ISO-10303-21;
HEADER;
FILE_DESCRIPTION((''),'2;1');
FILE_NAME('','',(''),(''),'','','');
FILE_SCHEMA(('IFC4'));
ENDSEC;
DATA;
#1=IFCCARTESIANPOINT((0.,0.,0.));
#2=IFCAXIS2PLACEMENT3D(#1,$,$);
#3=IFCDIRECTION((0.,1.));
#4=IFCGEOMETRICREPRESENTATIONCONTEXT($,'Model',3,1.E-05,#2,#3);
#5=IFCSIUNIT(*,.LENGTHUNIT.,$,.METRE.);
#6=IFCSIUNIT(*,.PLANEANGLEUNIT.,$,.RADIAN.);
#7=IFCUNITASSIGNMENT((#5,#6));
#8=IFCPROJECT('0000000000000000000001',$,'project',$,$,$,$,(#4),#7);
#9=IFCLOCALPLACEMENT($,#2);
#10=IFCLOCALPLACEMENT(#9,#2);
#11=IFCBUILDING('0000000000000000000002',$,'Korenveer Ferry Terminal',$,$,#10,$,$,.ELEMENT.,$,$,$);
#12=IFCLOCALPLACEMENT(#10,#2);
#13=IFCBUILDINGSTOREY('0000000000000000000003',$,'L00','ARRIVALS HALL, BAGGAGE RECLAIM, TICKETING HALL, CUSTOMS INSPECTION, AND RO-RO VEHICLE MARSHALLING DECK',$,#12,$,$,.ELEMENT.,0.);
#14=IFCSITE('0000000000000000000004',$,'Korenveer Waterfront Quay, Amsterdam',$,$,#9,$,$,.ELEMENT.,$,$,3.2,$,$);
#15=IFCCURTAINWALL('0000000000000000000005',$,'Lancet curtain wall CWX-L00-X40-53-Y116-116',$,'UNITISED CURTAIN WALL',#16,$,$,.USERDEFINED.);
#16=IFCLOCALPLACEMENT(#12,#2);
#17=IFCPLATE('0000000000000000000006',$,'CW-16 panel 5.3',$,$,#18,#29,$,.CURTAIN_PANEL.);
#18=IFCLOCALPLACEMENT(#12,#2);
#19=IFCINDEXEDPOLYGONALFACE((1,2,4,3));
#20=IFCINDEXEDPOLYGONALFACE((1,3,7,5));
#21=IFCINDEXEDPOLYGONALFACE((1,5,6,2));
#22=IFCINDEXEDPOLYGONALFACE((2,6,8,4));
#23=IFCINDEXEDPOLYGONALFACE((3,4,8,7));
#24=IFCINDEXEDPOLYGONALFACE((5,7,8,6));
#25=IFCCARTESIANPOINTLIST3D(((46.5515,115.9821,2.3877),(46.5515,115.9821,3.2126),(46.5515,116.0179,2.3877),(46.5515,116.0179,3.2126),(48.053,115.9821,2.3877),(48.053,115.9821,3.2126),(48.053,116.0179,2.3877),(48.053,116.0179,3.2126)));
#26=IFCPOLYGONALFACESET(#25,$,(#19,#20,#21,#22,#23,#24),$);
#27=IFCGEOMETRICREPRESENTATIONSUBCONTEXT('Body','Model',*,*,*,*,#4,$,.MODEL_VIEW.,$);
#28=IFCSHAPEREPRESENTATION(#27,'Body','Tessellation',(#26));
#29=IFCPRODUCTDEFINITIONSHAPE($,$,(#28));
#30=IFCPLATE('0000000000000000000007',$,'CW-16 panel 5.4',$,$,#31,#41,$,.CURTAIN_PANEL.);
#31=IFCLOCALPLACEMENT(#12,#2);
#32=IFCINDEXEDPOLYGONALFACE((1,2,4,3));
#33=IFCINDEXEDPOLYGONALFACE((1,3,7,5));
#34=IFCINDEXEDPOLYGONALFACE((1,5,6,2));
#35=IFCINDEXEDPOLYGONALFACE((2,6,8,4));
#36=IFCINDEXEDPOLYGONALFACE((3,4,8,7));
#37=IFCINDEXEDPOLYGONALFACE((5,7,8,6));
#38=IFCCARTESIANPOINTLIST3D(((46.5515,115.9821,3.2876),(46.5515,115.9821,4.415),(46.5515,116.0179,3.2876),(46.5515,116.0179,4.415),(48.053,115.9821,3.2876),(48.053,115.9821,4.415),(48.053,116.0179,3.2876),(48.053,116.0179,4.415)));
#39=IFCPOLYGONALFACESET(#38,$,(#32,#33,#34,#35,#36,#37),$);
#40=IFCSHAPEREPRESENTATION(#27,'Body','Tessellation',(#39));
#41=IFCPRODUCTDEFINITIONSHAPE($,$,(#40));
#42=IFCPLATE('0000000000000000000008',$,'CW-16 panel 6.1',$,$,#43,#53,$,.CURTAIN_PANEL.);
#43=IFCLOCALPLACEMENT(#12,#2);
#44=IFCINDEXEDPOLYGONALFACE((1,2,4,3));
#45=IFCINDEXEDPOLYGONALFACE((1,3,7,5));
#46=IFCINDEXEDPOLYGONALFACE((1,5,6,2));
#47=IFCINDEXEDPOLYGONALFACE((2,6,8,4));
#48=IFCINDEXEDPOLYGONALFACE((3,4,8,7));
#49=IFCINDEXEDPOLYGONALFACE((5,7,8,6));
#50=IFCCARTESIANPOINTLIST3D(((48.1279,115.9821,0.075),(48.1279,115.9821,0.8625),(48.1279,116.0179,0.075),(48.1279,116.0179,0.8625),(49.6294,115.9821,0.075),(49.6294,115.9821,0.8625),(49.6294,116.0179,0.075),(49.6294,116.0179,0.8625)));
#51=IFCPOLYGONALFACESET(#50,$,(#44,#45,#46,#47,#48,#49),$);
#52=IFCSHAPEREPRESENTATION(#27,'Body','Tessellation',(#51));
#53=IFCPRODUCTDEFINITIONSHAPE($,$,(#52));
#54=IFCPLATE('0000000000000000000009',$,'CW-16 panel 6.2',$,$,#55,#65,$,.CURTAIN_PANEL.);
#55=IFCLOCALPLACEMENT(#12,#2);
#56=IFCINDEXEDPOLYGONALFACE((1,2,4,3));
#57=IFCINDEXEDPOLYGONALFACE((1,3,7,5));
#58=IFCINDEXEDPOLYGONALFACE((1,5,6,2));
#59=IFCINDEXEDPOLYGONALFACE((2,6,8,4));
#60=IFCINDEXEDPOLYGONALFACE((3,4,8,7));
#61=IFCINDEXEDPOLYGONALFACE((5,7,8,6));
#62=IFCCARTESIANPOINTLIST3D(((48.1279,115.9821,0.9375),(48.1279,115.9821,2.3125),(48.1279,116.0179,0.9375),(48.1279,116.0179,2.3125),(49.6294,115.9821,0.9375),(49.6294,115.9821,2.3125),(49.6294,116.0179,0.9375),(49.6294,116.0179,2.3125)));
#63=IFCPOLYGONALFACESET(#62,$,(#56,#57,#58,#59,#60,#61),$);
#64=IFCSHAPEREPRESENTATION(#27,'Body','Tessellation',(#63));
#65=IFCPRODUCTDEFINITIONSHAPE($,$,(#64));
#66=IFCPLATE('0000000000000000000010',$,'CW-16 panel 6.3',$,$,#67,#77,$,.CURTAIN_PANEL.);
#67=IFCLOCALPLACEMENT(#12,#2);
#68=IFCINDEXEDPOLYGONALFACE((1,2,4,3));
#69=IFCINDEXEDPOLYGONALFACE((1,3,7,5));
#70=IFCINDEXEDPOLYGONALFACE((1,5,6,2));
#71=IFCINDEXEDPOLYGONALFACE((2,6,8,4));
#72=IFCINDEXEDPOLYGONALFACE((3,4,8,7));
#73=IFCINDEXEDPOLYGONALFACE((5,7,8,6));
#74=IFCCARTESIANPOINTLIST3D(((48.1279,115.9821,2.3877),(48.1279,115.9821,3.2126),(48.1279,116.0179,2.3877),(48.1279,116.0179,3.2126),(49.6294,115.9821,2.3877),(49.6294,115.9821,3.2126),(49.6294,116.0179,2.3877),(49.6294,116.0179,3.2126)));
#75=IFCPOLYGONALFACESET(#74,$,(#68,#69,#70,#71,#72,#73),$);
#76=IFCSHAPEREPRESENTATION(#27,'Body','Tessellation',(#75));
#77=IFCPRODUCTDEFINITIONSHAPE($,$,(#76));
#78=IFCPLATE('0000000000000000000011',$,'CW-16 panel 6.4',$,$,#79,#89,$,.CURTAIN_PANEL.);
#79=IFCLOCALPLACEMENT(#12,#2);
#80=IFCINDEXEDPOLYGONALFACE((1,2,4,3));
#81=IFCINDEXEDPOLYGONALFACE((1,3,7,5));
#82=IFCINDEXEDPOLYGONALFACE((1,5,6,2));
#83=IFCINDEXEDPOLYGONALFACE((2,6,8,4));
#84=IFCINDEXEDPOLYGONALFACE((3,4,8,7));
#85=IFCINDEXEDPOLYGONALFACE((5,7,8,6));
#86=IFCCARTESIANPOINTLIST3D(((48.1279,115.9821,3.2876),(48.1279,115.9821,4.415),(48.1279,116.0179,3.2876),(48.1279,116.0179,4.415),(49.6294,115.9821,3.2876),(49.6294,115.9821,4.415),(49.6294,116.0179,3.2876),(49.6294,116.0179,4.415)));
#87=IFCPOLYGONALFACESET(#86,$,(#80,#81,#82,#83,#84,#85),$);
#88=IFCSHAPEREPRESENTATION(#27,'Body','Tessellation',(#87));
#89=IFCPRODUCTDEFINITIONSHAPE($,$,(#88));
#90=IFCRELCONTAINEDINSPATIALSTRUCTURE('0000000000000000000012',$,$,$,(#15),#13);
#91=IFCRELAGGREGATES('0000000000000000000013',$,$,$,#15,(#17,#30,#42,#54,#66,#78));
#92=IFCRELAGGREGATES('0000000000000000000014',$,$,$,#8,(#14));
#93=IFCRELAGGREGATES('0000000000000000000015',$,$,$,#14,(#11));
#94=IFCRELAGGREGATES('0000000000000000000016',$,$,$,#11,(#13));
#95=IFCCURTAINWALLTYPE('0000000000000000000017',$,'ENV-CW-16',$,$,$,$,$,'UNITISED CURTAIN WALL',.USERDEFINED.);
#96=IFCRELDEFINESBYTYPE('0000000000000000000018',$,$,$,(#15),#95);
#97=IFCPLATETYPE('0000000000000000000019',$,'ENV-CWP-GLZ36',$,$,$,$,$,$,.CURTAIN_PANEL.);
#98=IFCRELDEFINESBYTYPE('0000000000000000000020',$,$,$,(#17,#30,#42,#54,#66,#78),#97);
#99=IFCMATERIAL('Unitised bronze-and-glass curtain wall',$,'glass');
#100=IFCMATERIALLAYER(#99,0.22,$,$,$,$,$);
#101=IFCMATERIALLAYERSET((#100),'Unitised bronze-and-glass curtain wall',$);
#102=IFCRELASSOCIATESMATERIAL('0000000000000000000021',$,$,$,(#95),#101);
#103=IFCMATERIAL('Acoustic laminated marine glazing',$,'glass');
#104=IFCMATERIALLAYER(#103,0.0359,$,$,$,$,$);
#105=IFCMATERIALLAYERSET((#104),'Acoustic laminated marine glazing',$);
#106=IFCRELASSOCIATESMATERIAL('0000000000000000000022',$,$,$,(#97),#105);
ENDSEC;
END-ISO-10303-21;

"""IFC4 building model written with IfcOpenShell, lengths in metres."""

from ifc_helpers import new_model, si_unit, direction, frame, origin, origin_2d, place, context, subcontext, project, spatial, rectangle, extrude, material, layer, layer_set, type_object, element, aggregate, save


model = new_model("IFC4")

# Units and contexts
model_context = context("Model", 3, precision=1e-05, world=origin(), true_north=direction((0.0, 1.0)))
body_context = subcontext(model_context, "Body", "Model", "MODEL_VIEW")
ifc_project = project(units=[si_unit("LENGTHUNIT", "METRE"), si_unit("PLANEANGLEUNIT", "RADIAN")], contexts=[model_context])

# Site, building, storey
site_placement = place(None, origin())
site = spatial("IfcSite", under=ifc_project, at=site_placement, Name="Korenveer Waterfront Quay, Amsterdam", CompositionType="ELEMENT", RefElevation=3.2)
building_placement = place(site_placement, origin())
building = spatial("IfcBuilding", under=site, at=building_placement, Name="Korenveer Ferry Terminal", CompositionType="ELEMENT")
storey_placement = place(building_placement, origin())
storey = spatial("IfcBuildingStorey", under=building, at=storey_placement, Name="L00", Description="ARRIVALS HALL, BAGGAGE RECLAIM, TICKETING HALL, CUSTOMS INSPECTION, AND RO-RO VEHICLE MARSHALLING DECK", CompositionType="ELEMENT", Elevation=0.0)

# Curtain wall, plates
ifc_material_1 = material(Name="Unitised bronze-and-glass curtain wall", Category="glass")
ifc_layer_1 = layer(ifc_material_1, 0.22)
ifc_layer_set_1 = layer_set([ifc_layer_1], Name="Unitised bronze-and-glass curtain wall")
curtain_wall_type = type_object("IfcCurtainWallType", Name="ENV-CW-16", ElementType="UNITISED CURTAIN WALL", PredefinedType="USERDEFINED", material=ifc_layer_set_1)
curtain_wall_placement = place(storey_placement, frame((40.2078, 116.0, 0.0)))
curtain_wall = element("IfcCurtainWall", 1, at=curtain_wall_placement, inside=storey, type_object=curtain_wall_type, Name="Lancet curtain wall CWX-L00-X40-53-Y116-116", ObjectType="UNITISED CURTAIN WALL", PredefinedType="USERDEFINED")
ifc_material_2 = material(Name="Acoustic laminated marine glazing", Category="glass")
ifc_layer_2 = layer(ifc_material_2, 0.0359)
ifc_layer_set_2 = layer_set([ifc_layer_2], Name="Acoustic laminated marine glazing")
plate_type = type_object("IfcPlateType", Name="ENV-CWP-GLZ36", PredefinedType="CURTAIN_PANEL", material=ifc_layer_set_2)
plate_1_placement = place(storey_placement, frame((47.3022, 116.0, 2.3877), z_axis=(0.0, 0.0, 1.0), x_axis=(1.0, 0.0, 0.0)))
plate_1 = element("IfcPlate", 2, at=plate_1_placement, type_object=plate_type, Name="CW-16 panel 5.3", PredefinedType="CURTAIN_PANEL", context=body_context, shape_type="SweptSolid", body=[
    extrude(rectangle(XDim=1.5015, YDim=0.0359, at=origin_2d()), origin(), (0.0, 0.0, 1.0), 0.825),
])
plate_2_placement = place(storey_placement, frame((47.3022, 116.0, 3.2876), z_axis=(0.0, 0.0, 1.0), x_axis=(1.0, 0.0, 0.0)))
plate_2 = element("IfcPlate", 3, at=plate_2_placement, type_object=plate_type, Name="CW-16 panel 5.4", PredefinedType="CURTAIN_PANEL", context=body_context, shape_type="SweptSolid", body=[
    extrude(rectangle(XDim=1.5015, YDim=0.0359, at=origin_2d()), origin(), (0.0, 0.0, 1.0), 1.1274),
])
plate_3_placement = place(storey_placement, frame((48.8787, 116.0, 0.075), z_axis=(0.0, 0.0, 1.0), x_axis=(1.0, 0.0, 0.0)))
plate_3 = element("IfcPlate", 4, at=plate_3_placement, type_object=plate_type, Name="CW-16 panel 6.1", PredefinedType="CURTAIN_PANEL", context=body_context, shape_type="SweptSolid", body=[
    extrude(rectangle(XDim=1.5015, YDim=0.0359, at=origin_2d()), origin(), (0.0, 0.0, 1.0), 0.7876),
])
plate_4_placement = place(storey_placement, frame((48.8787, 116.0, 0.9375), z_axis=(0.0, 0.0, 1.0), x_axis=(1.0, 0.0, 0.0)))
plate_4 = element("IfcPlate", 5, at=plate_4_placement, type_object=plate_type, Name="CW-16 panel 6.2", PredefinedType="CURTAIN_PANEL", context=body_context, shape_type="SweptSolid", body=[
    extrude(rectangle(XDim=1.5015, YDim=0.0359, at=origin_2d()), origin(), (0.0, 0.0, 1.0), 1.375),
])
plate_5_placement = place(storey_placement, frame((48.8787, 116.0, 2.3877), z_axis=(0.0, 0.0, 1.0), x_axis=(1.0, 0.0, 0.0)))
plate_5 = element("IfcPlate", 6, at=plate_5_placement, type_object=plate_type, Name="CW-16 panel 6.3", PredefinedType="CURTAIN_PANEL", context=body_context, shape_type="SweptSolid", body=[
    extrude(rectangle(XDim=1.5015, YDim=0.0359, at=origin_2d()), origin(), (0.0, 0.0, 1.0), 0.825),
])
plate_6_placement = place(storey_placement, frame((48.8787, 116.0, 3.2876), z_axis=(0.0, 0.0, 1.0), x_axis=(1.0, 0.0, 0.0)))
plate_6 = element("IfcPlate", 7, at=plate_6_placement, type_object=plate_type, Name="CW-16 panel 6.4", PredefinedType="CURTAIN_PANEL", context=body_context, shape_type="SweptSolid", body=[
    extrude(rectangle(XDim=1.5015, YDim=0.0359, at=origin_2d()), origin(), (0.0, 0.0, 1.0), 1.1274),
])
aggregate(curtain_wall, [plate_1, plate_2, plate_3, plate_4, plate_5, plate_6])

save(model, "model.ifc")
